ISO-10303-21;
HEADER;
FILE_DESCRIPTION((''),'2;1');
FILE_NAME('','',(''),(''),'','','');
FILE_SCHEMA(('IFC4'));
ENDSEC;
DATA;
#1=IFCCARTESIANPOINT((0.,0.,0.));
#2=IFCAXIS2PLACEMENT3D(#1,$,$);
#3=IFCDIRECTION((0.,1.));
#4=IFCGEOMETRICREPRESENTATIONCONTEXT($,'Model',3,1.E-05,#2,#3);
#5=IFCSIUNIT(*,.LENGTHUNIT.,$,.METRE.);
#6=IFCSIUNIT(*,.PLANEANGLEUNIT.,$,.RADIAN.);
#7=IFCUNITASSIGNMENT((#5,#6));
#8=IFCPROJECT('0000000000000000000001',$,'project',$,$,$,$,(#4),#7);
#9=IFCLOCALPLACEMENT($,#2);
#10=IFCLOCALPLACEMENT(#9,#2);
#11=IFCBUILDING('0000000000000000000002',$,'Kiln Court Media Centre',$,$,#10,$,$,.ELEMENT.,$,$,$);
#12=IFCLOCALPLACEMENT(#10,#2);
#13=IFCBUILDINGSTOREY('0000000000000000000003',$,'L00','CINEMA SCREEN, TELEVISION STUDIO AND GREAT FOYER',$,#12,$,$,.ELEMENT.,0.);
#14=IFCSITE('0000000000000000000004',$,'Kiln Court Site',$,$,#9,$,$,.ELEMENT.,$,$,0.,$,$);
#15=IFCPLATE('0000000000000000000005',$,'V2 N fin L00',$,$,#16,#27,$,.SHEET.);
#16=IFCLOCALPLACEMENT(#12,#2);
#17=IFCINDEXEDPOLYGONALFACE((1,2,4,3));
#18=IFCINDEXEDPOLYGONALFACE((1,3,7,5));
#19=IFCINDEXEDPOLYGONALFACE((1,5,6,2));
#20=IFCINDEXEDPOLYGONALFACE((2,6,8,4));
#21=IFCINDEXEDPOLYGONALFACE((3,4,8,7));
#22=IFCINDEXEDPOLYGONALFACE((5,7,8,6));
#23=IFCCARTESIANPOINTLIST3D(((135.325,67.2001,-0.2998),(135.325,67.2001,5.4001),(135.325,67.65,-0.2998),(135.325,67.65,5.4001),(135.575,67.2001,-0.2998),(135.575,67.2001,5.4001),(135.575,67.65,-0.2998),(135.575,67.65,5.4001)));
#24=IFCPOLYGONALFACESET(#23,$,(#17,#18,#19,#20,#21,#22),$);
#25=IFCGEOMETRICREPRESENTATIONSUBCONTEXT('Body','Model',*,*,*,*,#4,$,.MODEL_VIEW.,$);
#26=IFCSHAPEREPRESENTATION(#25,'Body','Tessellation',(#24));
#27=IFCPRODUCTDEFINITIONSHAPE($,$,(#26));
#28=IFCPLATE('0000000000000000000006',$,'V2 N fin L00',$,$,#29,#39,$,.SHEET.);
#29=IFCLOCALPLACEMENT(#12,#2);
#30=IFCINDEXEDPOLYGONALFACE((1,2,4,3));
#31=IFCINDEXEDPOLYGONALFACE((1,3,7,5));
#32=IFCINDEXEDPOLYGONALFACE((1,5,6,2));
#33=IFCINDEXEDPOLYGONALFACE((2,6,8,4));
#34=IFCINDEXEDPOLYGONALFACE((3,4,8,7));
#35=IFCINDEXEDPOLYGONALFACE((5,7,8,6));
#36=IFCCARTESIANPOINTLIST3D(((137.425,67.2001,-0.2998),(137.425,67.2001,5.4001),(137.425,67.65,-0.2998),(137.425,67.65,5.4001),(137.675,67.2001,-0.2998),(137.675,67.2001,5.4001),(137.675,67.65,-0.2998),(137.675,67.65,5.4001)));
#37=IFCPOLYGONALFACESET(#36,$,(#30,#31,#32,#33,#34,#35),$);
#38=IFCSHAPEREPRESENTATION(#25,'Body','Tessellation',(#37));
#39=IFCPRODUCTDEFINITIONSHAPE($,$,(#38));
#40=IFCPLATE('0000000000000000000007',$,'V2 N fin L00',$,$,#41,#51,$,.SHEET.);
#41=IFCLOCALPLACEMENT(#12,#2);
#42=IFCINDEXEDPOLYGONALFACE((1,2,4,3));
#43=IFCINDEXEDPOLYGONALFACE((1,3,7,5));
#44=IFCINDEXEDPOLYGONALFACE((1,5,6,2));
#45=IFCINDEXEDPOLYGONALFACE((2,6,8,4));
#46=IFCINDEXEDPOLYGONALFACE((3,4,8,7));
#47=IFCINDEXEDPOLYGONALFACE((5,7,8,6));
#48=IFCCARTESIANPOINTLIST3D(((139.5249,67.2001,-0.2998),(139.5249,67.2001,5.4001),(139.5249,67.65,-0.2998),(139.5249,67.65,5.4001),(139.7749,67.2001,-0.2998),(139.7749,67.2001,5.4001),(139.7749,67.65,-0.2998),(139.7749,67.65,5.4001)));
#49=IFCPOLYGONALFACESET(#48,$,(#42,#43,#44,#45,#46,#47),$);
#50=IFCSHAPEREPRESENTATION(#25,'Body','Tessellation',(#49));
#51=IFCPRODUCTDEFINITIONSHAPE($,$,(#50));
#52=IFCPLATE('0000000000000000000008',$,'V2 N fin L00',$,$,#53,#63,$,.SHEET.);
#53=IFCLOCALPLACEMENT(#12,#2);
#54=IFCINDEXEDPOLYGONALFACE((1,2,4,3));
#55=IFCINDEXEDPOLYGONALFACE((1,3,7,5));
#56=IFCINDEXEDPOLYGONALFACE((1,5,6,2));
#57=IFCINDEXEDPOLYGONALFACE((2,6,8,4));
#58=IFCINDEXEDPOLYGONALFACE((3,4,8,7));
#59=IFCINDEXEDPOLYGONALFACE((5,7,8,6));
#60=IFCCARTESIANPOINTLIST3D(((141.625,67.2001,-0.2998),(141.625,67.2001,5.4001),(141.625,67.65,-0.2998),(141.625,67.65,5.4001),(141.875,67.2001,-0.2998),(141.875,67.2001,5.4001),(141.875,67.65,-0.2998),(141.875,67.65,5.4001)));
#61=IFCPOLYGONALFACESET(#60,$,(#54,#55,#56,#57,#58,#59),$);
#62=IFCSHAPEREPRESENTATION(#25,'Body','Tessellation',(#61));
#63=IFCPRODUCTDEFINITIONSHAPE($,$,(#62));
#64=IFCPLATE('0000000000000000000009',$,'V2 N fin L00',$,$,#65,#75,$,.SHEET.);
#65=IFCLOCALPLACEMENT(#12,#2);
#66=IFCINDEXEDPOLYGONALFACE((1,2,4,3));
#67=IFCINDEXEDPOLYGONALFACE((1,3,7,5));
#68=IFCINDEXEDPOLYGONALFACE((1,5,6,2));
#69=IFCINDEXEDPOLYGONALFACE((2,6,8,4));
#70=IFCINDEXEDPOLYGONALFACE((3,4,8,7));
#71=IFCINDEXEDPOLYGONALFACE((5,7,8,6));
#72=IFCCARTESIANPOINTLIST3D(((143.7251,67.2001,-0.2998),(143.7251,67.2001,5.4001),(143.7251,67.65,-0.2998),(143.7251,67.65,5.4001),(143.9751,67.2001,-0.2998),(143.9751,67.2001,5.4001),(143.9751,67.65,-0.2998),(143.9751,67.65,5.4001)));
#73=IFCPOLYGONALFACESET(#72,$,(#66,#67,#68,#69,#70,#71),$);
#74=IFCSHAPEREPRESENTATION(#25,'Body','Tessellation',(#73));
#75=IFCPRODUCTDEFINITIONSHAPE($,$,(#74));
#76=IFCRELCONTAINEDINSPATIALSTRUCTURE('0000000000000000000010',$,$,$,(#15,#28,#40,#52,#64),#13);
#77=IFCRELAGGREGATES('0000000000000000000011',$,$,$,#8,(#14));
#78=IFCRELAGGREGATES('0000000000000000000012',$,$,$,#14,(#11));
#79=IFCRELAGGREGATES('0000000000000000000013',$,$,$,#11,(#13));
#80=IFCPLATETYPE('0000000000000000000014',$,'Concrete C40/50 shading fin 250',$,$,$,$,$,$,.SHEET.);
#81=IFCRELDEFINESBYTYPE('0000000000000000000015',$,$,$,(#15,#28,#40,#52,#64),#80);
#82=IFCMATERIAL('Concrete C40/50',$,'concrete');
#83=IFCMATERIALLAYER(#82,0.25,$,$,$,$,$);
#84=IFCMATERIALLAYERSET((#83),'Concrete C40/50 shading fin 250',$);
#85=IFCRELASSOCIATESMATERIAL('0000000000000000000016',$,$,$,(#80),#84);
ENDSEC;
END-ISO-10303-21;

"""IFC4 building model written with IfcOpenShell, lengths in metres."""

from ifc_helpers import new_model, si_unit, direction, frame, origin, origin_2d, place, context, subcontext, project, spatial, rectangle, extrude, material, layer, layer_set, type_object, element, save


model = new_model("IFC4")

# Units and contexts
model_context = context("Model", 3, precision=1e-05, world=origin(), true_north=direction((0.0, 1.0)))
body_context = subcontext(model_context, "Body", "Model", "MODEL_VIEW")
ifc_project = project(units=[si_unit("LENGTHUNIT", "METRE"), si_unit("PLANEANGLEUNIT", "RADIAN")], contexts=[model_context])

# Site, building, storey
site_placement = place(None, origin())
site = spatial("IfcSite", under=ifc_project, at=site_placement, Name="Kiln Court Site", CompositionType="ELEMENT", RefElevation=0.0)
building_placement = place(site_placement, origin())
building = spatial("IfcBuilding", under=site, at=building_placement, Name="Kiln Court Media Centre", CompositionType="ELEMENT")
storey_placement = place(building_placement, origin())
storey = spatial("IfcBuildingStorey", under=building, at=storey_placement, Name="L00", Description="CINEMA SCREEN, TELEVISION STUDIO AND GREAT FOYER", CompositionType="ELEMENT", Elevation=0.0)

# Plates
ifc_material_1 = material(Name="Concrete C40/50", Category="concrete")
ifc_layer = layer(ifc_material_1, 0.25)
ifc_layer_set = layer_set([ifc_layer], Name="Concrete C40/50 shading fin 250")
plate_type = type_object("IfcPlateType", Name="Concrete C40/50 shading fin 250", PredefinedType="SHEET", material=ifc_layer_set)
for number, where, z_axis, x_axis, name in (
    (1, (135.45, 67.425, -0.2998), (0.0, 0.0, 1.0), (1.0, 0.0, 0.0), "V2 N fin L00"),
    (2, (137.55, 67.425, -0.2998), (0.0, 0.0, 1.0), (1.0, 0.0, 0.0), "V2 N fin L00"),
    (3, (139.6499, 67.425, -0.2998), (0.0, 0.0, 1.0), (1.0, 0.0, 0.0), "V2 N fin L00"),
    (4, (141.75, 67.425, -0.2998), (0.0, 0.0, 1.0), (1.0, 0.0, 0.0), "V2 N fin L00"),
    (5, (143.8501, 67.425, -0.2998), (0.0, 0.0, 1.0), (1.0, 0.0, 0.0), "V2 N fin L00"),
):
    element("IfcPlate", number, at=place(storey_placement, frame(where, z_axis=z_axis, x_axis=x_axis)), inside=storey, type_object=plate_type, Name=name, PredefinedType="SHEET", context=body_context, shape_type="SweptSolid", body=[
        extrude(rectangle(XDim=0.25, YDim=0.45, at=origin_2d()), origin(), (0.0, 0.0, 1.0), 5.7),
    ])

save(model, "model.ifc")
